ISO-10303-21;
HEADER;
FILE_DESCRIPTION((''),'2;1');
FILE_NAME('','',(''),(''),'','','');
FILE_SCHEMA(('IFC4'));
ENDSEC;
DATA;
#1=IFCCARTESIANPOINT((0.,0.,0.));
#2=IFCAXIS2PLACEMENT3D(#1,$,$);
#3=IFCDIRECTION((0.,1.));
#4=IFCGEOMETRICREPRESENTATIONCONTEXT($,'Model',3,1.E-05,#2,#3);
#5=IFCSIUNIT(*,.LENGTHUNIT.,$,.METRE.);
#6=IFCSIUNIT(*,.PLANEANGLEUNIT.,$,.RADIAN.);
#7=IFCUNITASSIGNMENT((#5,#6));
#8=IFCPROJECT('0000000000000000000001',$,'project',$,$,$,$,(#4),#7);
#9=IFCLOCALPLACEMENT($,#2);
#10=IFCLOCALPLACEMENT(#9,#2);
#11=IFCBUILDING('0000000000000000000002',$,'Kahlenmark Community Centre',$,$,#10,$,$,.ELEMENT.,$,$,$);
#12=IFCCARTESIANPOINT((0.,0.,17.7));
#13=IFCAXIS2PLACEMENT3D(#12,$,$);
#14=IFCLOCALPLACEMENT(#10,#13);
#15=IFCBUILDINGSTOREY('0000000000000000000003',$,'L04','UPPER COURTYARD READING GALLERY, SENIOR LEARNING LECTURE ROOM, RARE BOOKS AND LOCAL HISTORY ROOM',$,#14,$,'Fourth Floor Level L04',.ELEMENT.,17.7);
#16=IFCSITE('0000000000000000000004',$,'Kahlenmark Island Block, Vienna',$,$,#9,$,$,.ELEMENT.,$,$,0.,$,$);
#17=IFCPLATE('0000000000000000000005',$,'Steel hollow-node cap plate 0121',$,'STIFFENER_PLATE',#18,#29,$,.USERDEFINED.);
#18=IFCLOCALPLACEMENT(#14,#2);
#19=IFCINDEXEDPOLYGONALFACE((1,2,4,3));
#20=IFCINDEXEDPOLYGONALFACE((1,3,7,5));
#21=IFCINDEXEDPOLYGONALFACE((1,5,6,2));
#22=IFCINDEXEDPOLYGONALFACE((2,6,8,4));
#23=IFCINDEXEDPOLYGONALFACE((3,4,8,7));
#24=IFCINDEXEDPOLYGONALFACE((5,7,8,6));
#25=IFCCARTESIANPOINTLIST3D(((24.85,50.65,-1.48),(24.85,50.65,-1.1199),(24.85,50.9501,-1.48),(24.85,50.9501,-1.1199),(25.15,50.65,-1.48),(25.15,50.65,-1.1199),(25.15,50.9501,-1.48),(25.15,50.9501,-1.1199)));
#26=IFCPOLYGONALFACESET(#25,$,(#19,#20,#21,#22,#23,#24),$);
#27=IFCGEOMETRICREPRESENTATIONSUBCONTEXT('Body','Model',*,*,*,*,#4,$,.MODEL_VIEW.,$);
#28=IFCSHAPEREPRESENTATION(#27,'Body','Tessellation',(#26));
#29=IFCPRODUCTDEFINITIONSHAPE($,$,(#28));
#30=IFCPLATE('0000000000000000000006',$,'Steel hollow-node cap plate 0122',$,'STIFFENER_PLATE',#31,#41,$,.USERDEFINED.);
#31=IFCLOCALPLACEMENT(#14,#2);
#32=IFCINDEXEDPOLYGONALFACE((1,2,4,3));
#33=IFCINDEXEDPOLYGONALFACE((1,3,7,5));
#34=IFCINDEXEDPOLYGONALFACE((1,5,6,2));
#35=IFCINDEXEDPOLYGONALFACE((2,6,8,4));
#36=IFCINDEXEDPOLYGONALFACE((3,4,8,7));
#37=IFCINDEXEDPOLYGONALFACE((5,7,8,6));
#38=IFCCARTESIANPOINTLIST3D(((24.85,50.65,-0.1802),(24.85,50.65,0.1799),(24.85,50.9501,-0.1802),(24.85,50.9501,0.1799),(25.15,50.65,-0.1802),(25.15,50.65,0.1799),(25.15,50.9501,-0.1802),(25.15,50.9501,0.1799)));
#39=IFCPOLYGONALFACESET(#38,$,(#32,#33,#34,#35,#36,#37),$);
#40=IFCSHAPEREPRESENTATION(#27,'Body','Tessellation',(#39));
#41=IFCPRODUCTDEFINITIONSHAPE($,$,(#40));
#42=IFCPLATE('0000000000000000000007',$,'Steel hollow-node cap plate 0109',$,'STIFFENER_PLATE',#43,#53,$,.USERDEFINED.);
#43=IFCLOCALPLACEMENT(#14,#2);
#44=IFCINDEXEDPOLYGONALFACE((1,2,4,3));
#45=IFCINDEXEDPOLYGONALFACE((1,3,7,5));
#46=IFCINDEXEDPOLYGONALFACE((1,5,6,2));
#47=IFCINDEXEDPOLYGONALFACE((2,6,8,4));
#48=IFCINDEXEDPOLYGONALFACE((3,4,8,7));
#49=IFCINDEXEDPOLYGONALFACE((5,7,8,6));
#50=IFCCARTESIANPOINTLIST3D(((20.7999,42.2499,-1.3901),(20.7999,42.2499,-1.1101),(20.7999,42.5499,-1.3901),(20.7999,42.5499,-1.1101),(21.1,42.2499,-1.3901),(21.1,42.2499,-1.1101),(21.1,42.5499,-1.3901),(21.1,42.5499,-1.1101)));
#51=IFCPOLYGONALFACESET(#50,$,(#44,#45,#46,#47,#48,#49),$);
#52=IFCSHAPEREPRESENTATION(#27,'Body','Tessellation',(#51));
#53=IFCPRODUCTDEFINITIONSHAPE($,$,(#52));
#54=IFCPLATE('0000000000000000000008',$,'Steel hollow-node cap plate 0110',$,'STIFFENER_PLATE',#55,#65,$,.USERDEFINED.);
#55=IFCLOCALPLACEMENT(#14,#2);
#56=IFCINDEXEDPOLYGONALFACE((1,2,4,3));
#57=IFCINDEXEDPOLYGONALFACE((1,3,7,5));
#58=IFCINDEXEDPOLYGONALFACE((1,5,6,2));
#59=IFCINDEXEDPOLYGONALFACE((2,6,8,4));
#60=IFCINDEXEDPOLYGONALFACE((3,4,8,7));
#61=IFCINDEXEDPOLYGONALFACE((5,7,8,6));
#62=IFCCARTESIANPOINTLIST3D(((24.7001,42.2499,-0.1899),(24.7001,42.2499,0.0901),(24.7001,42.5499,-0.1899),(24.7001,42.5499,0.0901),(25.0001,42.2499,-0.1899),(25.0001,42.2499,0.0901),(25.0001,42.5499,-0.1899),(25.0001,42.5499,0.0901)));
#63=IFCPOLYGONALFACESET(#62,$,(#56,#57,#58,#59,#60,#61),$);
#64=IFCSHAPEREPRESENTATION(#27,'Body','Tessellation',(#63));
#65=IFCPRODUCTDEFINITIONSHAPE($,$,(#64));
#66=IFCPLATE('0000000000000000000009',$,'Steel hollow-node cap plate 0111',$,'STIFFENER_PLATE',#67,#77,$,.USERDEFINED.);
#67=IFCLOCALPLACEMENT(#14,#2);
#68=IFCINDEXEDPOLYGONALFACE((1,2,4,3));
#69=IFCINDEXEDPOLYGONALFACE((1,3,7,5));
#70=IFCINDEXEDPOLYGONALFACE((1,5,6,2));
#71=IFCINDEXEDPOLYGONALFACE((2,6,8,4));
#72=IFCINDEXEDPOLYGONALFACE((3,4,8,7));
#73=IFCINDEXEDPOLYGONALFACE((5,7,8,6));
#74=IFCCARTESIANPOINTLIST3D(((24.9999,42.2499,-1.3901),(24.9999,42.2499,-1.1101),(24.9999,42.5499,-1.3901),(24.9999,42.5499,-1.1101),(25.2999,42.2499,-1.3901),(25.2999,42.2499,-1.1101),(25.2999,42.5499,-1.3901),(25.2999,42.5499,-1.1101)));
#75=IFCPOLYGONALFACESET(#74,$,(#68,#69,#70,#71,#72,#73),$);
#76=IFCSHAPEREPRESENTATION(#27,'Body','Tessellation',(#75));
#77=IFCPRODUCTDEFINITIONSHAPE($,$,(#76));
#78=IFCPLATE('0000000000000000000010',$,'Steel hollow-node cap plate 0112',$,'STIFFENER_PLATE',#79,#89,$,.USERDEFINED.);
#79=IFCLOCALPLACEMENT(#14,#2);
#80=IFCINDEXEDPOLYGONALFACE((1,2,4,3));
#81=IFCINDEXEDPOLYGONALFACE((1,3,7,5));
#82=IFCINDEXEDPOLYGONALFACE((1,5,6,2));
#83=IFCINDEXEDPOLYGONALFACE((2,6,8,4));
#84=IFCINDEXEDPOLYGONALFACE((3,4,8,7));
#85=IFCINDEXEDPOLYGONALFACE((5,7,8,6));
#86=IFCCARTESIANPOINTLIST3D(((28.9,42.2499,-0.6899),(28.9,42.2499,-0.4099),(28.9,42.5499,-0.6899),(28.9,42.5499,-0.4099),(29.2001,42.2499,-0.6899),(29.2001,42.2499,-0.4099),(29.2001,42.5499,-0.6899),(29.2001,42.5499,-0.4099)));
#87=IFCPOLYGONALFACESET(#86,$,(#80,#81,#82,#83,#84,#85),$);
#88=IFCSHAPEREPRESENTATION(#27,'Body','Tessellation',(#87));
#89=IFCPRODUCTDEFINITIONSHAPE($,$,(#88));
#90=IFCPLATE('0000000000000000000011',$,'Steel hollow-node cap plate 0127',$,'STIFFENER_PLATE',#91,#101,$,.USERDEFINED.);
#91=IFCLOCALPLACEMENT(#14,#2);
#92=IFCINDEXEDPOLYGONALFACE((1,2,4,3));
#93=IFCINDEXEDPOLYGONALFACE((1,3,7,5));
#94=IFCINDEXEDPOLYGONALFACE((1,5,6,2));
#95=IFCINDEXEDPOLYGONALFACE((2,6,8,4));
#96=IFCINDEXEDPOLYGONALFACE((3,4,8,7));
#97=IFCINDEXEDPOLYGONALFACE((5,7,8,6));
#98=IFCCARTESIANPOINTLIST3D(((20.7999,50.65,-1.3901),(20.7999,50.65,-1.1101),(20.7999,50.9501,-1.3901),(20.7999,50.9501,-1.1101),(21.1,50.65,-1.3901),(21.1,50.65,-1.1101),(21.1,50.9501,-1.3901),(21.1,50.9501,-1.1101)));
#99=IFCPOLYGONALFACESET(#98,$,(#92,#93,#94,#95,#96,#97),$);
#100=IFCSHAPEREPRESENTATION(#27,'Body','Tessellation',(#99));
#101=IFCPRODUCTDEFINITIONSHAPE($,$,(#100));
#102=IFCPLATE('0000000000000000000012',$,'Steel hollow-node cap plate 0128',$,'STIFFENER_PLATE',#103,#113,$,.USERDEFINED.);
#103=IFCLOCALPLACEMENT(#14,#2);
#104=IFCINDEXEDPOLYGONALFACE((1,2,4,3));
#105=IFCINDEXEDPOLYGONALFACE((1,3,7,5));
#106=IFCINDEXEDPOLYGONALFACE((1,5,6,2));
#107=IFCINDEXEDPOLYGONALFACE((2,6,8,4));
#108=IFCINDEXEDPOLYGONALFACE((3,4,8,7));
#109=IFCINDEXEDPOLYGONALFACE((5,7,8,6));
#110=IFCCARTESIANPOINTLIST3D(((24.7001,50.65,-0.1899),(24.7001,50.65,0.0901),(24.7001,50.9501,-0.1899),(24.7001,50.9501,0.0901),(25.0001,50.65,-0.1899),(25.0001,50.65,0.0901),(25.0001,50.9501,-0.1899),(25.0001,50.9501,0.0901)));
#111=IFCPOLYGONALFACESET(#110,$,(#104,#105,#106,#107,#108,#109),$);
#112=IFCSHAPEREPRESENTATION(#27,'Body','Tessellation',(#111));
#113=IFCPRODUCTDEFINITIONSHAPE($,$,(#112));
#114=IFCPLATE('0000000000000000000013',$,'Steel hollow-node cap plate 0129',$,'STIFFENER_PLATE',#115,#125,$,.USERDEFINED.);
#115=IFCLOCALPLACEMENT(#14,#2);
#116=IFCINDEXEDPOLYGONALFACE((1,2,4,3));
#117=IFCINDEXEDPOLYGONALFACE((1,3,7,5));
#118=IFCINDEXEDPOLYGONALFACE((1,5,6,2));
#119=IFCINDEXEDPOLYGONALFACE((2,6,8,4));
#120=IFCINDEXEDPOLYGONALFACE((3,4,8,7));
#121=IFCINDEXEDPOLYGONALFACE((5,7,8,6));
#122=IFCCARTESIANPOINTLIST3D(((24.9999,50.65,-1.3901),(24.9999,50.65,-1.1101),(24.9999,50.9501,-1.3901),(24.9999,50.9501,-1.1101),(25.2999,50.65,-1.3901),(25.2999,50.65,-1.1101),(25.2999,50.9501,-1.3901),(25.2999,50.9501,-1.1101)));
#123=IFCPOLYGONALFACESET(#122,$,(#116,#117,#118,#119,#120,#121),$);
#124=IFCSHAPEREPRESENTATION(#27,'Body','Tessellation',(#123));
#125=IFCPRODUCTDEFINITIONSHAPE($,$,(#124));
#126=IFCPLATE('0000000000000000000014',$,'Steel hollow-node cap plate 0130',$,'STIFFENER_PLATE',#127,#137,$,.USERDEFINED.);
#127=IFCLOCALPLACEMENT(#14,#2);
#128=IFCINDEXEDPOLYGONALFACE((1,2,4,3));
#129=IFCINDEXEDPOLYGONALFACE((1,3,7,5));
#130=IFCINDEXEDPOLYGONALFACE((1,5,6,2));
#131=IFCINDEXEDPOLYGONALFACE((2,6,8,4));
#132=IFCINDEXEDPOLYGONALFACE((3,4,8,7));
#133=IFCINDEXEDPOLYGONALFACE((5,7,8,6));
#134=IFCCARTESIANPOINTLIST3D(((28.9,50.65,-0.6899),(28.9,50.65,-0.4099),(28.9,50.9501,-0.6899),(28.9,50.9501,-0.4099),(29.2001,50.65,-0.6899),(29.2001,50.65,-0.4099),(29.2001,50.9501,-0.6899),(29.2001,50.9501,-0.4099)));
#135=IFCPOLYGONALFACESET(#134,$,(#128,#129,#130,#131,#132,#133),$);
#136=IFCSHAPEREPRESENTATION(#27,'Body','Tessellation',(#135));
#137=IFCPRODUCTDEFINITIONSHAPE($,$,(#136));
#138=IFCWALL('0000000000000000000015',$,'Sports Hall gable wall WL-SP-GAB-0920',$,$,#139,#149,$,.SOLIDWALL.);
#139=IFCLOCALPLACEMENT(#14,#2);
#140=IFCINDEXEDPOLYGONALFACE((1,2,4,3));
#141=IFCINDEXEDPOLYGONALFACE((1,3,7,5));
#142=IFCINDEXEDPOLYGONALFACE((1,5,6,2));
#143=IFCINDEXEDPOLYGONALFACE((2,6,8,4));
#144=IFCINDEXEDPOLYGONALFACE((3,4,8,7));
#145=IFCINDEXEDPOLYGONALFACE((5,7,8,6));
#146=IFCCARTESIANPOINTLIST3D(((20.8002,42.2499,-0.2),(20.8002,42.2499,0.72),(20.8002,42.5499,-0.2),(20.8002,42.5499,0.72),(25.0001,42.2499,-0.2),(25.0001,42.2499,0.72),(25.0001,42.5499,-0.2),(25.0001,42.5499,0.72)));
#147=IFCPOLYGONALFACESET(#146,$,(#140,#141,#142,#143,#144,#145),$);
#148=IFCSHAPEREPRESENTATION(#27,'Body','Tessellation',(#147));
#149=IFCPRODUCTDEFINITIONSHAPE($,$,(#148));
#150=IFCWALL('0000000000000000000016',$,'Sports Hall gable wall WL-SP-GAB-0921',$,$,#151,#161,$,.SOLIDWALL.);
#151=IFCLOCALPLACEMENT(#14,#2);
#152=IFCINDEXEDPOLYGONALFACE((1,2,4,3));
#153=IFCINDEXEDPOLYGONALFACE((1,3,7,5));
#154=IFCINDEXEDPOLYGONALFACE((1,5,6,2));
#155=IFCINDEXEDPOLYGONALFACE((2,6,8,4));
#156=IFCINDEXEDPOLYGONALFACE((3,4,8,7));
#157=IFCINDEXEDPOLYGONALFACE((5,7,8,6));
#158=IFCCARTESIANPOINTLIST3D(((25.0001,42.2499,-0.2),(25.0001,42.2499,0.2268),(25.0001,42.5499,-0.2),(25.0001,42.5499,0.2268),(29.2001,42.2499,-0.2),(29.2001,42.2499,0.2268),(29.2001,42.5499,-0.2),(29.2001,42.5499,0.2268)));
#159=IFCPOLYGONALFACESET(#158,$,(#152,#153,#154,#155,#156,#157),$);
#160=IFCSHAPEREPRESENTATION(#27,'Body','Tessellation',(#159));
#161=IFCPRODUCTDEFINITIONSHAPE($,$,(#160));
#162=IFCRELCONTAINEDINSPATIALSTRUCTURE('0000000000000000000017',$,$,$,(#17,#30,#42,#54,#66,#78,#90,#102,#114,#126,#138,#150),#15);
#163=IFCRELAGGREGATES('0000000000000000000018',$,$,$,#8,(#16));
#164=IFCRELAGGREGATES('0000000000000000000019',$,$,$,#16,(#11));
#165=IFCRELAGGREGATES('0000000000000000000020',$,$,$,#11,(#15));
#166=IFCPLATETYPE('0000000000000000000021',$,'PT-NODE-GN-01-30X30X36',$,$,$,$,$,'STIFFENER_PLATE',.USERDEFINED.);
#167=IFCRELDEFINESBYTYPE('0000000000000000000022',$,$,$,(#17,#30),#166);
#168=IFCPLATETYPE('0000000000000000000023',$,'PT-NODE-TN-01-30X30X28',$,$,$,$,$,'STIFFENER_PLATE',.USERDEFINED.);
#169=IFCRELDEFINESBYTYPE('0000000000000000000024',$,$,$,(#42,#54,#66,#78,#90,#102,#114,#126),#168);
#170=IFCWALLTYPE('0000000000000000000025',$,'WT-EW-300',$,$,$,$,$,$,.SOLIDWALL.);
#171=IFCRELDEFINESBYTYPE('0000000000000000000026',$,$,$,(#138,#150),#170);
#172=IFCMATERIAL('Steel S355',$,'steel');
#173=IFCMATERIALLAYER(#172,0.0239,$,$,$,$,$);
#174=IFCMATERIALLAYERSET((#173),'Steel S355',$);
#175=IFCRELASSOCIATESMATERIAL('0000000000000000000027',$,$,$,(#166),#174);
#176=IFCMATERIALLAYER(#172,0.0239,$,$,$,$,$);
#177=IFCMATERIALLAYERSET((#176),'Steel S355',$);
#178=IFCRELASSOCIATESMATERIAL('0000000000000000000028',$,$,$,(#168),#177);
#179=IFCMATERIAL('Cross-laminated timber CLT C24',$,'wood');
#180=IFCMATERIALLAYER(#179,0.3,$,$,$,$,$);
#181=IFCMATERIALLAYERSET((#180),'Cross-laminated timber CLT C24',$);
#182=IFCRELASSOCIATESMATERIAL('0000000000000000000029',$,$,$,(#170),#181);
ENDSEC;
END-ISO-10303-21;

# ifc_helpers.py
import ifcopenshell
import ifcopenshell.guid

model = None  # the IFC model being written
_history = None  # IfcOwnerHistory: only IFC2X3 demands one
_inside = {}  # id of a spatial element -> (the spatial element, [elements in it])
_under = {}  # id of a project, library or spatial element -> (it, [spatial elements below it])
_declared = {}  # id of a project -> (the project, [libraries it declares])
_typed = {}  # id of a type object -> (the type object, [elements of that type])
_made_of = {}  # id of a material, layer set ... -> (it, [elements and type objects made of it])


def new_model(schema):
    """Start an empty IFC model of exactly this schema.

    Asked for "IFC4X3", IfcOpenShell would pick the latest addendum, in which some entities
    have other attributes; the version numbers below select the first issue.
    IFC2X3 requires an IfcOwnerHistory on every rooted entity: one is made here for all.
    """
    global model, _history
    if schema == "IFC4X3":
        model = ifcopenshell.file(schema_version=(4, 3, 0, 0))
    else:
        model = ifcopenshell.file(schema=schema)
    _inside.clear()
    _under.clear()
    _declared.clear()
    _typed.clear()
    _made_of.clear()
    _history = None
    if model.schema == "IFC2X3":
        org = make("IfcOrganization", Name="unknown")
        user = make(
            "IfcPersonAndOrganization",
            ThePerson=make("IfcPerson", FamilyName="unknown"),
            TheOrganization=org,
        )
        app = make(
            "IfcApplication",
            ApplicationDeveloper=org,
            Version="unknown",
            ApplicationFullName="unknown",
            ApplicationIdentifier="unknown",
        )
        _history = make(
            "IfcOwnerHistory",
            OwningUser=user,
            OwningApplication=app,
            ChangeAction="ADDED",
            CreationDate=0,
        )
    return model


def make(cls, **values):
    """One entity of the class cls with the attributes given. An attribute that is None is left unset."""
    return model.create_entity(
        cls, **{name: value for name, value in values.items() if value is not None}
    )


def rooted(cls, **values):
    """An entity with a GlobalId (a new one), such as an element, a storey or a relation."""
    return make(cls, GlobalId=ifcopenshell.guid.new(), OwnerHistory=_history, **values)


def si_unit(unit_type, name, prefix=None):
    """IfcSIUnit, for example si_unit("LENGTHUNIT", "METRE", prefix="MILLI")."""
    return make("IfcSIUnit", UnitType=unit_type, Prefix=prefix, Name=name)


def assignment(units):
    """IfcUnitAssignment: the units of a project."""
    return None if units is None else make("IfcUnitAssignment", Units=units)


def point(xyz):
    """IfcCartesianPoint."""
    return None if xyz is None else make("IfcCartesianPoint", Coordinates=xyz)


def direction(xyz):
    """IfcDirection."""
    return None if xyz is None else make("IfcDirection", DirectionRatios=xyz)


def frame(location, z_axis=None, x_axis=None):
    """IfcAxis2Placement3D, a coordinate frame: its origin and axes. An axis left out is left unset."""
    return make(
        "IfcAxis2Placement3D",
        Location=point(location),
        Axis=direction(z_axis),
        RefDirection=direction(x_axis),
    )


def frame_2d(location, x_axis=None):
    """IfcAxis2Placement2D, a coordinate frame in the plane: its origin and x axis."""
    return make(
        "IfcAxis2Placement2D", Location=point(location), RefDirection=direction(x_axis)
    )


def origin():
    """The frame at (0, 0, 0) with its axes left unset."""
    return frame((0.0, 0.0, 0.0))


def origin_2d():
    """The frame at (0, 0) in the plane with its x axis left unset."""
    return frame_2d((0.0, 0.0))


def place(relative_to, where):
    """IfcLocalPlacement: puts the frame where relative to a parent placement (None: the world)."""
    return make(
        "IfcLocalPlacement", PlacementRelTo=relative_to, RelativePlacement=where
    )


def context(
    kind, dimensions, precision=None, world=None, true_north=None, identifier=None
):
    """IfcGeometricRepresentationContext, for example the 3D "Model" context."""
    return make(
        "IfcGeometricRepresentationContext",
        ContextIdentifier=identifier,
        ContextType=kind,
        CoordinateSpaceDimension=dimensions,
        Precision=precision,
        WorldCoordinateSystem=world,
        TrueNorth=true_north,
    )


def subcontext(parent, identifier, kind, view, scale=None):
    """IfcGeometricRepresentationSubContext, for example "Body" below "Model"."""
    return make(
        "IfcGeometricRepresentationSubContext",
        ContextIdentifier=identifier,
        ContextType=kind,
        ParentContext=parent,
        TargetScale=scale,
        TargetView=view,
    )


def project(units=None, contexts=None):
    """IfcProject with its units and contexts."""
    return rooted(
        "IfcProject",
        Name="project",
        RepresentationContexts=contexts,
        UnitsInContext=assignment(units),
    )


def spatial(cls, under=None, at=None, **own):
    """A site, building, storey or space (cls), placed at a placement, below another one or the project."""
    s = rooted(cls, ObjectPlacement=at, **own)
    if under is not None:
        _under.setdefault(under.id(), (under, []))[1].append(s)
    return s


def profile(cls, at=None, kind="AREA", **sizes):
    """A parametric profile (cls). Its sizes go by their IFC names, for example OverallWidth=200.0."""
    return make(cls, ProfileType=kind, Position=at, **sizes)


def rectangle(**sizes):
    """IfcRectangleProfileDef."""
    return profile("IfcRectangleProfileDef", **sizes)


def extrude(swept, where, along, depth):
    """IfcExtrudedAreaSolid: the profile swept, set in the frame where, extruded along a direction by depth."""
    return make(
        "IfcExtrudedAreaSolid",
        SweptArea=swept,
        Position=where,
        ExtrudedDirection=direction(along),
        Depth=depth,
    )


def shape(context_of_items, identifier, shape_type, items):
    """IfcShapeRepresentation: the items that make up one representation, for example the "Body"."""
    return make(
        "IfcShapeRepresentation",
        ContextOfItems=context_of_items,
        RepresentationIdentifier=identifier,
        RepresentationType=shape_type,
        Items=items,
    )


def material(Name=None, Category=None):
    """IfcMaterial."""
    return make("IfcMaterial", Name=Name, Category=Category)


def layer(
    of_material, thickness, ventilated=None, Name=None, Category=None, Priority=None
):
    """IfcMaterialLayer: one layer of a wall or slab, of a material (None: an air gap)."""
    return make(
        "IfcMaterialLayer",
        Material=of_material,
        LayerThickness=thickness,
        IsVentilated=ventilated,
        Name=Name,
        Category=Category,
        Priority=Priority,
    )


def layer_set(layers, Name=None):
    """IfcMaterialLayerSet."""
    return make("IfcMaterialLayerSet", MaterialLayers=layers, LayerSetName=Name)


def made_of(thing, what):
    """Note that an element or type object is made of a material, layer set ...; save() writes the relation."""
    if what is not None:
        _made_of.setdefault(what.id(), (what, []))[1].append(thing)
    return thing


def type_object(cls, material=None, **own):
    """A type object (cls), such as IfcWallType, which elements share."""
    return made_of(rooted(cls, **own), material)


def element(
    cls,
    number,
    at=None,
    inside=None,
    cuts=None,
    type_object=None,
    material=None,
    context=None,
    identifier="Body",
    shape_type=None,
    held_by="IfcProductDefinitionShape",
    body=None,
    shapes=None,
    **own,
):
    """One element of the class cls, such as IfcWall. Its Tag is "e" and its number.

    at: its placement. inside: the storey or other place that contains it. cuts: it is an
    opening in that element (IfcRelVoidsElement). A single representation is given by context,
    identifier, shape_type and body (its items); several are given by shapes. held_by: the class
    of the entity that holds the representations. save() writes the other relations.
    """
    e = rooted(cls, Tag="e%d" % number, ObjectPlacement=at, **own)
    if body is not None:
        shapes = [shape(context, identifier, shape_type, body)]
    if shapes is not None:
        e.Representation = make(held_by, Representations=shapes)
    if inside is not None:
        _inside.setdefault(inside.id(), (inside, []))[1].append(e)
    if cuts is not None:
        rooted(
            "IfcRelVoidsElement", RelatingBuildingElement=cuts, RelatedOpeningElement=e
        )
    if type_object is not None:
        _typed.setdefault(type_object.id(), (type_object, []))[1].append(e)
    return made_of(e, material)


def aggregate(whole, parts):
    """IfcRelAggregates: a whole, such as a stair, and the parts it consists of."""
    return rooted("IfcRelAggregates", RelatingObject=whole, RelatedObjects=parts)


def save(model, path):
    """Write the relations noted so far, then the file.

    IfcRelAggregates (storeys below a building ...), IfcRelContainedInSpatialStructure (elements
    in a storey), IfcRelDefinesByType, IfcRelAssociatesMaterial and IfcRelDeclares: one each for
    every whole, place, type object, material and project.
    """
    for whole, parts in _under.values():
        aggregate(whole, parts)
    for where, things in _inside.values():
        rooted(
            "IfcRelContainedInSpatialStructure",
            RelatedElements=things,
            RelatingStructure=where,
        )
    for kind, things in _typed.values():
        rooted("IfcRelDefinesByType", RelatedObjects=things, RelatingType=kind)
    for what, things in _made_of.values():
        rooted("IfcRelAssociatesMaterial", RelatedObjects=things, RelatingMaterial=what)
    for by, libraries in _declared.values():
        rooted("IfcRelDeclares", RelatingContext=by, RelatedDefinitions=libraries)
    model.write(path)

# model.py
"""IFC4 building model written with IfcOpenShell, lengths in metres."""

from ifc_helpers import new_model, si_unit, direction, frame, frame_2d, origin, origin_2d, place, context, subcontext, project, spatial, rectangle, extrude, material, layer, layer_set, type_object, element, save


model = new_model("IFC4")

# Units and contexts
model_context = context("Model", 3, precision=1e-05, world=origin(), true_north=direction((0.0, 1.0)))
body_context = subcontext(model_context, "Body", "Model", "MODEL_VIEW")
ifc_project = project(units=[si_unit("LENGTHUNIT", "METRE"), si_unit("PLANEANGLEUNIT", "RADIAN")], contexts=[model_context])

# Site, building, storey
site_placement = place(None, origin())
site = spatial("IfcSite", under=ifc_project, at=site_placement, Name="Kahlenmark Island Block, Vienna", CompositionType="ELEMENT", RefElevation=0.0)
building_placement = place(site_placement, origin())
building = spatial("IfcBuilding", under=site, at=building_placement, Name="Kahlenmark Community Centre", CompositionType="ELEMENT")
storey_placement = place(building_placement, frame((0.0, 0.0, 17.7)))
storey = spatial("IfcBuildingStorey", under=building, at=storey_placement, Name="L04", Description="UPPER COURTYARD READING GALLERY, SENIOR LEARNING LECTURE ROOM, RARE BOOKS AND LOCAL HISTORY ROOM", LongName="Fourth Floor Level L04", CompositionType="ELEMENT", Elevation=17.7)

# Shared definitions
ifc_material_1 = material(Name="Steel S355", Category="steel")

# Plates
ifc_layer_1 = layer(ifc_material_1, 0.0239)
ifc_layer_set_1 = layer_set([ifc_layer_1], Name="Steel S355")
plate_type_1 = type_object("IfcPlateType", Name="PT-NODE-GN-01-30X30X36", ElementType="STIFFENER_PLATE", PredefinedType="USERDEFINED", material=ifc_layer_set_1)
for number, where, z_axis, x_axis, name in (
    (1, (25.0, 50.8, -1.48), (0.0, 0.0, 1.0), (1.0, 0.0, 0.0), "Steel hollow-node cap plate 0121"),
    (2, (25.0, 50.8, -0.1802), (0.0, 0.0, 1.0), (1.0, 0.0, 0.0), "Steel hollow-node cap plate 0122"),
):
    element("IfcPlate", number, at=place(storey_placement, frame(where, z_axis=z_axis, x_axis=x_axis)), inside=storey, type_object=plate_type_1, Name=name, ObjectType="STIFFENER_PLATE", PredefinedType="USERDEFINED", context=body_context, shape_type="SweptSolid", body=[
        extrude(rectangle(XDim=0.3, YDim=0.3, at=origin_2d()), origin(), (0.0, 0.0, 1.0), 0.3601),
    ])
ifc_layer_2 = layer(ifc_material_1, 0.0239)
ifc_layer_set_2 = layer_set([ifc_layer_2], Name="Steel S355")
plate_type_2 = type_object("IfcPlateType", Name="PT-NODE-TN-01-30X30X28", ElementType="STIFFENER_PLATE", PredefinedType="USERDEFINED", material=ifc_layer_set_2)
for number, where, z_axis, x_axis, name in (
    (3, (20.95, 42.3999, -1.3901), (0.0, 0.0, 1.0), (1.0, 0.0, 0.0), "Steel hollow-node cap plate 0109"),
    (4, (24.8501, 42.3999, -0.1899), (0.0, 0.0, 1.0), (1.0, 0.0, 0.0), "Steel hollow-node cap plate 0110"),
    (5, (25.1499, 42.3999, -1.3901), (0.0, 0.0, 1.0), (1.0, 0.0, 0.0), "Steel hollow-node cap plate 0111"),
    (6, (29.05, 42.3999, -0.6899), (0.0, 0.0, 1.0), (1.0, 0.0, 0.0), "Steel hollow-node cap plate 0112"),
    (7, (20.95, 50.8, -1.3901), (0.0, 0.0, 1.0), (1.0, 0.0, 0.0), "Steel hollow-node cap plate 0127"),
    (8, (24.8501, 50.8, -0.1899), (0.0, 0.0, 1.0), (1.0, 0.0, 0.0), "Steel hollow-node cap plate 0128"),
    (9, (25.1499, 50.8, -1.3901), (0.0, 0.0, 1.0), (1.0, 0.0, 0.0), "Steel hollow-node cap plate 0129"),
    (10, (29.05, 50.8, -0.6899), (0.0, 0.0, 1.0), (1.0, 0.0, 0.0), "Steel hollow-node cap plate 0130"),
):
    element("IfcPlate", number, at=place(storey_placement, frame(where, z_axis=z_axis, x_axis=x_axis)), inside=storey, type_object=plate_type_2, Name=name, ObjectType="STIFFENER_PLATE", PredefinedType="USERDEFINED", context=body_context, shape_type="SweptSolid", body=[
        extrude(rectangle(XDim=0.3, YDim=0.3, at=origin_2d()), origin(), (0.0, 0.0, 1.0), 0.28),
    ])

# Walls
ifc_material_2 = material(Name="Cross-laminated timber CLT C24", Category="wood")
ifc_layer_3 = layer(ifc_material_2, 0.3)
ifc_layer_set_3 = layer_set([ifc_layer_3], Name="Cross-laminated timber CLT C24")
wall_type = type_object("IfcWallType", Name="WT-EW-300", PredefinedType="SOLIDWALL", material=ifc_layer_set_3)
wall_1_placement = place(storey_placement, frame((20.8, 42.3999, -0.2), z_axis=(0.0, 0.0, 1.0), x_axis=(1.0, 0.0, 0.0)))
element("IfcWall", 11, at=wall_1_placement, inside=storey, type_object=wall_type, Name="Sports Hall gable wall WL-SP-GAB-0920", PredefinedType="SOLIDWALL", context=body_context, shape_type="SweptSolid", body=[
    extrude(rectangle(XDim=4.2, YDim=0.3, at=frame_2d((2.1001, 0.0))), origin(), (0.0, 0.0, 1.0), 0.9199),
])
wall_2_placement = place(storey_placement, frame((25.0, 42.3999, -0.2), z_axis=(0.0, 0.0, 1.0), x_axis=(1.0, 0.0, 0.0)))
element("IfcWall", 12, at=wall_2_placement, inside=storey, type_object=wall_type, Name="Sports Hall gable wall WL-SP-GAB-0921", PredefinedType="SOLIDWALL", context=body_context, shape_type="SweptSolid", body=[
    extrude(rectangle(XDim=4.2, YDim=0.3, at=frame_2d((2.1001, 0.0))), origin(), (0.0, 0.0, 1.0), 0.4268),
])

save(model, "model.ifc")
